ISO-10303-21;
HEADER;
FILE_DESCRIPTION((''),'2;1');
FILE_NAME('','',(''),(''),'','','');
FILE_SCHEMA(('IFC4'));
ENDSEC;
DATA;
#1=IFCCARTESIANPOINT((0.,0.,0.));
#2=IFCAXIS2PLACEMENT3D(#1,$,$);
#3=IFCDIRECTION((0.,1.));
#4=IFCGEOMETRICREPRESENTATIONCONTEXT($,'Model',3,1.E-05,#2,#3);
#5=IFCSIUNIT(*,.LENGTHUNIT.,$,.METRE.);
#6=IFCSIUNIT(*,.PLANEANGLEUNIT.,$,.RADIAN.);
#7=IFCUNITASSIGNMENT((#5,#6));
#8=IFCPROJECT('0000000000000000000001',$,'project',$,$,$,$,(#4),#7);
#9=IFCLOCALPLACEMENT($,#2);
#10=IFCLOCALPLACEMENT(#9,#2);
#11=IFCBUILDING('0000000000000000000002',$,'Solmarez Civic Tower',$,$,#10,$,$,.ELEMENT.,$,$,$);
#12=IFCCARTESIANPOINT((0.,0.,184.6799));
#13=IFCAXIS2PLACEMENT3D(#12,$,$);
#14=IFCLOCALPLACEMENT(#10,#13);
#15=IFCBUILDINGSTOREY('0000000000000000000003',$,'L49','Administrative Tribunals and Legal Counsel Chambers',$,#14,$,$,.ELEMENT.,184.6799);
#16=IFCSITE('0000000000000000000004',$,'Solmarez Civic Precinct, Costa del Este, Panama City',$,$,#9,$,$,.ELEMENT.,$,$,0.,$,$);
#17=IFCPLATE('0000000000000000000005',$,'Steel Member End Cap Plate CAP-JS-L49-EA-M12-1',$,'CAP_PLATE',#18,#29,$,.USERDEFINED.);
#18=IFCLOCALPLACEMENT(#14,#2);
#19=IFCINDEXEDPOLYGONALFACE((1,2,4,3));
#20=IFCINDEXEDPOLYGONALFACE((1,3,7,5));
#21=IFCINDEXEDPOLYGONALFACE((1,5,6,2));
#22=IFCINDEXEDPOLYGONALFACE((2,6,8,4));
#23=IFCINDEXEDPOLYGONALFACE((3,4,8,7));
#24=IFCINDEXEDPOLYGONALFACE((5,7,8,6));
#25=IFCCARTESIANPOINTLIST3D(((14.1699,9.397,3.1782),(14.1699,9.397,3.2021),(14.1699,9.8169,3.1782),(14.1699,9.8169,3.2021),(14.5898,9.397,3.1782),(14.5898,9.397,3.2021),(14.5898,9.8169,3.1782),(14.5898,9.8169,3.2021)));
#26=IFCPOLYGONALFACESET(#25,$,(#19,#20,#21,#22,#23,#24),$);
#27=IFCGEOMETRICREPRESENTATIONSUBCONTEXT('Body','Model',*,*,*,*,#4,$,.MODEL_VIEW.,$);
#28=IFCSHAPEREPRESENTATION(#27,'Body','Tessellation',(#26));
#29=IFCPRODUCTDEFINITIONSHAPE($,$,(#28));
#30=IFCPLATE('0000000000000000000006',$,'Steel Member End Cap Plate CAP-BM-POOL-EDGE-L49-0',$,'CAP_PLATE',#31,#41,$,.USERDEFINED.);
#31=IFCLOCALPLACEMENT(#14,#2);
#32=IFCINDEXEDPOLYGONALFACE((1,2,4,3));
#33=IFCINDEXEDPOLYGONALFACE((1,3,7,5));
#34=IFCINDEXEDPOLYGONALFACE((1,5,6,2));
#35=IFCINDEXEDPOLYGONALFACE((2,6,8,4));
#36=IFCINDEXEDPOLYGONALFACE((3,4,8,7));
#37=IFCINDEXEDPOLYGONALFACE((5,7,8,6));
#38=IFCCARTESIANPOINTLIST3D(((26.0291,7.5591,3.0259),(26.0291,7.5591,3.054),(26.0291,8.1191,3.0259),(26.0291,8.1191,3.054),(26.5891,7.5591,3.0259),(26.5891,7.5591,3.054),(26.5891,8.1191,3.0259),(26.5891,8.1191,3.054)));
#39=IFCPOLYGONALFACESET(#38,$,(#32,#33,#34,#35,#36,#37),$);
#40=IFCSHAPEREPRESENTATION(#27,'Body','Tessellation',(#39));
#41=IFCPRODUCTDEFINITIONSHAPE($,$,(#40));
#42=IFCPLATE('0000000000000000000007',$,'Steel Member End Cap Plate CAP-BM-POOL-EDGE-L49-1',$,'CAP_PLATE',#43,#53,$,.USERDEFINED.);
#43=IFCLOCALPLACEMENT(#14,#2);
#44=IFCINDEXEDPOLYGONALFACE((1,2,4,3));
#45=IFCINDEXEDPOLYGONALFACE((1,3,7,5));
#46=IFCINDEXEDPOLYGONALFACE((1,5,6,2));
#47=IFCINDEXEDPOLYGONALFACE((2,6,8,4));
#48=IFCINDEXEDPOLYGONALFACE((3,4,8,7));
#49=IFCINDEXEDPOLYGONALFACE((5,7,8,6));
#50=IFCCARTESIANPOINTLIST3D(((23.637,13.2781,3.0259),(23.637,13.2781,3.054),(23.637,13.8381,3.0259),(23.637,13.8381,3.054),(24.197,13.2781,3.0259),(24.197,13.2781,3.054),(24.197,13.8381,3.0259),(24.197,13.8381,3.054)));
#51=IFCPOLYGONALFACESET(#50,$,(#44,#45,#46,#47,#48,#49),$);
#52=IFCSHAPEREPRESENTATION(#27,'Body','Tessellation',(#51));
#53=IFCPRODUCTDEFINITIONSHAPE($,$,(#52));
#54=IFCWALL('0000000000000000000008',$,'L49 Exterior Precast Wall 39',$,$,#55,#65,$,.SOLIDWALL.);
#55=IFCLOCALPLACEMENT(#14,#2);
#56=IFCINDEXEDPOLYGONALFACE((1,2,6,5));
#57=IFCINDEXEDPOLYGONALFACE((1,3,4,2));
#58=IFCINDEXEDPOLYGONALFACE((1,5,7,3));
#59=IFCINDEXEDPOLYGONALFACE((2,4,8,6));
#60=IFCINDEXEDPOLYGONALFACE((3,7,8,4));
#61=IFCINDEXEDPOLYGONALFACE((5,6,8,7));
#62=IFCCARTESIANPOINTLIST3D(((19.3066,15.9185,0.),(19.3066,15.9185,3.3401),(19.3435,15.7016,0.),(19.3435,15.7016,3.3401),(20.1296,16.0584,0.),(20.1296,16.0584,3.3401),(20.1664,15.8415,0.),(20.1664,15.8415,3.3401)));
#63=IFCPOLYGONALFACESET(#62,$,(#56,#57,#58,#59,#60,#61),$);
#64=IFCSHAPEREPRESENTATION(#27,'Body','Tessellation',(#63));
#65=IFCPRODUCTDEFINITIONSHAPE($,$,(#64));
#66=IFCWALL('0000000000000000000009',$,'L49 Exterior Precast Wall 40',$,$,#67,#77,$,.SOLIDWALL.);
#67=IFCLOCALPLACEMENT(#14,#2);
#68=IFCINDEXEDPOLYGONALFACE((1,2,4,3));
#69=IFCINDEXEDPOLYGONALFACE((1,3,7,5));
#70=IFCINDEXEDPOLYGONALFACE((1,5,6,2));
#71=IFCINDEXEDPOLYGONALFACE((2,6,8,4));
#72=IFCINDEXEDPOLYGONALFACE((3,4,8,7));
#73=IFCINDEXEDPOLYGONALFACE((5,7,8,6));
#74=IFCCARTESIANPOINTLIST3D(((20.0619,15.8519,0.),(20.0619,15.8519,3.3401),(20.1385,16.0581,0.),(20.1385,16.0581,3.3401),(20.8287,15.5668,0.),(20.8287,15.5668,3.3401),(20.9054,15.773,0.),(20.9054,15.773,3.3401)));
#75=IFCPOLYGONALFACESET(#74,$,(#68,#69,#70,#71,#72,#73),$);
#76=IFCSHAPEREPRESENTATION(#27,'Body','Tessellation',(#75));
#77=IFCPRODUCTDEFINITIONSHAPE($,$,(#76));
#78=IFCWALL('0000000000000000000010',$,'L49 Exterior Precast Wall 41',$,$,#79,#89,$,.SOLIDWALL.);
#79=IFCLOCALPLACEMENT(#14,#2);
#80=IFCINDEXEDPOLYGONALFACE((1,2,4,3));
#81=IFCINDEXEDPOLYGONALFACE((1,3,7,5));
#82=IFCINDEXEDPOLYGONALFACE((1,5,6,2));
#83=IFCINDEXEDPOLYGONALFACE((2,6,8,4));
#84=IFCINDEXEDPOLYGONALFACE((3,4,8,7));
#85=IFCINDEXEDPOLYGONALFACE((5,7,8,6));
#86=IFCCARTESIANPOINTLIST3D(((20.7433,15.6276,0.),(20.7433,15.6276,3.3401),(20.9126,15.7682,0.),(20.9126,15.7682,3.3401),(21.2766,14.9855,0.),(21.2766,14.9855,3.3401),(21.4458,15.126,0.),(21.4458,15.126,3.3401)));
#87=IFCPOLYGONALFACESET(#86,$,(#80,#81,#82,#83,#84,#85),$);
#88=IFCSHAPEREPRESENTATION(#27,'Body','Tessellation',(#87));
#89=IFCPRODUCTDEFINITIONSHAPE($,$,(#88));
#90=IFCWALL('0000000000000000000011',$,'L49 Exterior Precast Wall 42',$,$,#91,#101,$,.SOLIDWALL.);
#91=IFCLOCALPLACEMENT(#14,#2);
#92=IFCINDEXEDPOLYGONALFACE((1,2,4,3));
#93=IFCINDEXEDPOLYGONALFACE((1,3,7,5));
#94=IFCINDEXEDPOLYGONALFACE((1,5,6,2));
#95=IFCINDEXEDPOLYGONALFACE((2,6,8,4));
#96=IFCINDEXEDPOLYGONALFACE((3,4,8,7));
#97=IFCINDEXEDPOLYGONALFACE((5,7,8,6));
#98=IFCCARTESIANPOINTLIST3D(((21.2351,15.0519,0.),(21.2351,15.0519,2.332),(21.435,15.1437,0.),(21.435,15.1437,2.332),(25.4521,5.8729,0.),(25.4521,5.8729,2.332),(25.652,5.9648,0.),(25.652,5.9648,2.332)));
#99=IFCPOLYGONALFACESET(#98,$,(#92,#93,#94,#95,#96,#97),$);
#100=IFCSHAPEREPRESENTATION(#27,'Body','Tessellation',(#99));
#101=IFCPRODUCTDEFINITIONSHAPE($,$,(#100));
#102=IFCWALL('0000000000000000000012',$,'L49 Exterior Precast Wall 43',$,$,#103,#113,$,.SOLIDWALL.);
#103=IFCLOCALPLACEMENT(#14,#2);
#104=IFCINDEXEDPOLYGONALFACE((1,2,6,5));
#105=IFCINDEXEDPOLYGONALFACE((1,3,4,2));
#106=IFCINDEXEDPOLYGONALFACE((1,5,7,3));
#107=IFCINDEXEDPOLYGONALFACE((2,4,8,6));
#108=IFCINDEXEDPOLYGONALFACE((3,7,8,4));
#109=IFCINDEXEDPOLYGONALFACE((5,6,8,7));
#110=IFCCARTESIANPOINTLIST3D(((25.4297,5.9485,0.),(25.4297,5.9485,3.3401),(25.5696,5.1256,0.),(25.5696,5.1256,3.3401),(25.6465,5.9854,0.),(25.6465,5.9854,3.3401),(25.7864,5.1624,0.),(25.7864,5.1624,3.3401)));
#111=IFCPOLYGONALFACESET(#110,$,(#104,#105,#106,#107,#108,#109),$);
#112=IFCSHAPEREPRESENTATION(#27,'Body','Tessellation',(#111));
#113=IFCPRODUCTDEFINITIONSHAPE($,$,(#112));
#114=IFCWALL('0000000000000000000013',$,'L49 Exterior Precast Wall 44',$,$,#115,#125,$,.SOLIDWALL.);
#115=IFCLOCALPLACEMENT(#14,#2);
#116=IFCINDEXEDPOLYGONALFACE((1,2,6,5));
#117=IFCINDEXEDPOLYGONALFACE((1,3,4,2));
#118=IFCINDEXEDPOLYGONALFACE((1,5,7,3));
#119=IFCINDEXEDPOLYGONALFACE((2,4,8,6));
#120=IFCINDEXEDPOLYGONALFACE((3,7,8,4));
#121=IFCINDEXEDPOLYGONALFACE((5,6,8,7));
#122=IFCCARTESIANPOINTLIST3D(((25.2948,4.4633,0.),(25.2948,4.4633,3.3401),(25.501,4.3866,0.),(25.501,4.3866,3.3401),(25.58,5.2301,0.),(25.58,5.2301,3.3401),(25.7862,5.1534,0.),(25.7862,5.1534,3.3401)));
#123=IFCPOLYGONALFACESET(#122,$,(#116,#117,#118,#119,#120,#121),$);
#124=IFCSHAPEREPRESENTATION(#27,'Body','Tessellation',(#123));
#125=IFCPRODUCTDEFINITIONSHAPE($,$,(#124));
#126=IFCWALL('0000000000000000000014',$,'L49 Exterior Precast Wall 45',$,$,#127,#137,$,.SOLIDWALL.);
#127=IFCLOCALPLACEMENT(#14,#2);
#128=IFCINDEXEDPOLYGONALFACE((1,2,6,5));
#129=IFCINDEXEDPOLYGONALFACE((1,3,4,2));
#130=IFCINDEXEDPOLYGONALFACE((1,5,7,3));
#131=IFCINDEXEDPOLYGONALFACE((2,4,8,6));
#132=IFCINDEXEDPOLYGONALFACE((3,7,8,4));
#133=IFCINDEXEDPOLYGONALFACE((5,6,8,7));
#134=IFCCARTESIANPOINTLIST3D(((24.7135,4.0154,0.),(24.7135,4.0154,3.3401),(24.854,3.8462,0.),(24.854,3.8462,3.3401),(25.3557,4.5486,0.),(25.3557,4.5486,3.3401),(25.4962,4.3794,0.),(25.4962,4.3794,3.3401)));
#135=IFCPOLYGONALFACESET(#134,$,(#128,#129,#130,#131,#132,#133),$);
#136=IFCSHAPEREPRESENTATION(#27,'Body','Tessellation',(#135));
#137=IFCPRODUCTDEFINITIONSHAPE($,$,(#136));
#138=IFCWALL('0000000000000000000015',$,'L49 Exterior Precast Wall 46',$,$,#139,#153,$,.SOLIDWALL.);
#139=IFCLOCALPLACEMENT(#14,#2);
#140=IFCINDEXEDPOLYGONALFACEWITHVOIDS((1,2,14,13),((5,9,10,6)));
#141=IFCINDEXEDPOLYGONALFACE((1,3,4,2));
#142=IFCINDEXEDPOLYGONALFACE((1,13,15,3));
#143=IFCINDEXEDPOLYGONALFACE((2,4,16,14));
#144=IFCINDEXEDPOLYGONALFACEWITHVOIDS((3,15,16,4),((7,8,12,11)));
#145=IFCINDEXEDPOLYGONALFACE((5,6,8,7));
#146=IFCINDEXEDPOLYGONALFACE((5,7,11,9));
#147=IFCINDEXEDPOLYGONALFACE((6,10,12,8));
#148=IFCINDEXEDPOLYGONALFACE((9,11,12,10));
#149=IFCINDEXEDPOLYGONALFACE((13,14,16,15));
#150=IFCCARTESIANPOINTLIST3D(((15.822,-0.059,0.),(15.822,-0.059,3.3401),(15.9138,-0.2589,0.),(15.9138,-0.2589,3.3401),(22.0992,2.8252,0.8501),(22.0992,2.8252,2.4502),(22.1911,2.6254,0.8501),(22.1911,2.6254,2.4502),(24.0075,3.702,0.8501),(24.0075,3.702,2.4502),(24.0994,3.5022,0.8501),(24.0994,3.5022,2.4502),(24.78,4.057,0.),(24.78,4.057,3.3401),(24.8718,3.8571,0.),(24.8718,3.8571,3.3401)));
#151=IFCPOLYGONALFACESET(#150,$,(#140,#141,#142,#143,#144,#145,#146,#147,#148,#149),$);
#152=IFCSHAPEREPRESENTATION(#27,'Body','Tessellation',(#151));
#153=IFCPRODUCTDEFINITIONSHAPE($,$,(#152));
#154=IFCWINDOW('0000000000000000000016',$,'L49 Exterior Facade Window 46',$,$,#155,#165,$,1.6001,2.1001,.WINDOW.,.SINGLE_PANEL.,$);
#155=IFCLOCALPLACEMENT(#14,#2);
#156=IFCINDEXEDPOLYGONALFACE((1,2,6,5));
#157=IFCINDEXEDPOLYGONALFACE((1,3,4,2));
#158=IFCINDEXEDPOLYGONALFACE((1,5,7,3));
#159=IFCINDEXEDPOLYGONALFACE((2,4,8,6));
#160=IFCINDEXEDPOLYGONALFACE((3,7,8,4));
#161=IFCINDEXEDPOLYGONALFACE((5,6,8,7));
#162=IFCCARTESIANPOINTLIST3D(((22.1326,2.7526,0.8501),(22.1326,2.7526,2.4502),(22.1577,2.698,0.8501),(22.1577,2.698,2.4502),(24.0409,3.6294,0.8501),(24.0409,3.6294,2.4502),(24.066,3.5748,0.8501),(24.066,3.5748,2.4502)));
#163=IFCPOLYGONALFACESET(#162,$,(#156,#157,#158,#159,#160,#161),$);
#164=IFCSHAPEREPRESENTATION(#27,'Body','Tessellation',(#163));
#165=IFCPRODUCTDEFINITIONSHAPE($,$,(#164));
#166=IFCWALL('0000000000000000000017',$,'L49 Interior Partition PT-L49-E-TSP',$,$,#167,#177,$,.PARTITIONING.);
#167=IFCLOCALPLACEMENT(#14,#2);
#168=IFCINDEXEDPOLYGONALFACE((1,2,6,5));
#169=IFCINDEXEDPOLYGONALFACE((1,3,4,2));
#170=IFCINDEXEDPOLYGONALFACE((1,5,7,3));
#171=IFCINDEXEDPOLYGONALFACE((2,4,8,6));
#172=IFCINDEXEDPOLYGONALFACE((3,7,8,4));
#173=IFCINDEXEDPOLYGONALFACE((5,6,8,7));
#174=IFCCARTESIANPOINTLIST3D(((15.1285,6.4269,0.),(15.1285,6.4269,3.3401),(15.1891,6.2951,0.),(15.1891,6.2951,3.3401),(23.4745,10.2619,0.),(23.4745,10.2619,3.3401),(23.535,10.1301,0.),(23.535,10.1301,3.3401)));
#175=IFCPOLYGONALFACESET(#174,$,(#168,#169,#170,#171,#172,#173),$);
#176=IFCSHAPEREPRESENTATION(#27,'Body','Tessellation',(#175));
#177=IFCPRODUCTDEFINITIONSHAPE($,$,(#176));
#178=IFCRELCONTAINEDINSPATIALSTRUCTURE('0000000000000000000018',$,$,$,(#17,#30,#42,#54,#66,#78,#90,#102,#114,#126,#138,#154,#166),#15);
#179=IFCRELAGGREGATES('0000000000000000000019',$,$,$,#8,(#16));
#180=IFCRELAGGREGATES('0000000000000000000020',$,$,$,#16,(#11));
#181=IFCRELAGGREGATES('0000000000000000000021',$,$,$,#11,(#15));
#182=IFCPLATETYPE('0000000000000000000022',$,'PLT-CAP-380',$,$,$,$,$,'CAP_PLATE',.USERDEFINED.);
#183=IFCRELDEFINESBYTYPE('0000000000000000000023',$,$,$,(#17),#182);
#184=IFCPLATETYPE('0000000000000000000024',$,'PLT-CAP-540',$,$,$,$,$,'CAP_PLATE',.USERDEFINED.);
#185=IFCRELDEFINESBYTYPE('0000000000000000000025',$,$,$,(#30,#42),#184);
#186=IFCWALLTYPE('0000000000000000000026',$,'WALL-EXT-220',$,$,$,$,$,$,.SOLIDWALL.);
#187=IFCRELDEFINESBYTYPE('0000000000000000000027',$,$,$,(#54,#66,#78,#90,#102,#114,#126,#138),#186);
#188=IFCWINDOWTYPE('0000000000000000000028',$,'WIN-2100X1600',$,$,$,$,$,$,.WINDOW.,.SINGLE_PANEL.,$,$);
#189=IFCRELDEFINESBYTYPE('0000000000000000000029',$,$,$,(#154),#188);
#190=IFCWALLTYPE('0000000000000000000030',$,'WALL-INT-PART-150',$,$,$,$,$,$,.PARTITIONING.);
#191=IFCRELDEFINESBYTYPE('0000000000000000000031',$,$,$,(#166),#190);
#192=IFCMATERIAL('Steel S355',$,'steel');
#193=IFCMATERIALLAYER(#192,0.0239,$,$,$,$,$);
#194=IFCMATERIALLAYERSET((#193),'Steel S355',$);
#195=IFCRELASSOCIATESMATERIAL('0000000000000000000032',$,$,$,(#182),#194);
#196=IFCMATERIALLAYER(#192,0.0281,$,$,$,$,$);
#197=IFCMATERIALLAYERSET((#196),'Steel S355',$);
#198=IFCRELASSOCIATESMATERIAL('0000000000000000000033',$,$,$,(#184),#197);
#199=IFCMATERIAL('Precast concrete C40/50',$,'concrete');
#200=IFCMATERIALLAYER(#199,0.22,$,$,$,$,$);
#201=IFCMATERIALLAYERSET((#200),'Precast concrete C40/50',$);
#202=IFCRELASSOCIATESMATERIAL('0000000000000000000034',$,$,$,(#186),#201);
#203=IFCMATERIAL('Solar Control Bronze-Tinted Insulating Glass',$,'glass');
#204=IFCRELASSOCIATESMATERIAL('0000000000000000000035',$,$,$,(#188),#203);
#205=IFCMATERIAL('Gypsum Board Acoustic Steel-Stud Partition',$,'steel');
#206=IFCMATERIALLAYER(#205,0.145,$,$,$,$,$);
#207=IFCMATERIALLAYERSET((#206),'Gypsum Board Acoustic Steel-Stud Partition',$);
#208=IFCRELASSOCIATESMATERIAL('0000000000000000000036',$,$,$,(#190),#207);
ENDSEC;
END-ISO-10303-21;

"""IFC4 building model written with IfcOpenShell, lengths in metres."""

from ifc_helpers import new_model, si_unit, direction, frame, frame_2d, origin, origin_2d, place, context, subcontext, project, spatial, rectangle, extrude, material, layer, layer_set, type_object, element, fill, save


model = new_model("IFC4")

# Units and contexts
model_context = context("Model", 3, precision=1e-05, world=origin(), true_north=direction((0.0, 1.0)))
body_context = subcontext(model_context, "Body", "Model", "MODEL_VIEW")
ifc_project = project(units=[si_unit("LENGTHUNIT", "METRE"), si_unit("PLANEANGLEUNIT", "RADIAN")], contexts=[model_context])

# Site, building, storey
site_placement = place(None, origin())
site = spatial("IfcSite", under=ifc_project, at=site_placement, Name="Solmarez Civic Precinct, Costa del Este, Panama City", CompositionType="ELEMENT", RefElevation=0.0)
building_placement = place(site_placement, origin())
building = spatial("IfcBuilding", under=site, at=building_placement, Name="Solmarez Civic Tower", CompositionType="ELEMENT")
storey_placement = place(building_placement, frame((0.0, 0.0, 184.6799)))
storey = spatial("IfcBuildingStorey", under=building, at=storey_placement, Name="L49", Description="Administrative Tribunals and Legal Counsel Chambers", CompositionType="ELEMENT", Elevation=184.6799)

# Shared definitions
ifc_material_1 = material(Name="Steel S355", Category="steel")

# Plates
ifc_layer_1 = layer(ifc_material_1, 0.0239)
ifc_layer_set_1 = layer_set([ifc_layer_1], Name="Steel S355")
plate_type_1 = type_object("IfcPlateType", Name="PLT-CAP-380", ElementType="CAP_PLATE", PredefinedType="USERDEFINED", material=ifc_layer_set_1)
for number, where, z_axis, x_axis, name in (
    (1, (14.3799, 9.6069, 3.1782), (0.0, 0.0, 1.0), (1.0, 0.0, 0.0), "Steel Member End Cap Plate CAP-JS-L49-EA-M12-1"),
):
    element("IfcPlate", number, at=place(storey_placement, frame(where, z_axis=z_axis, x_axis=x_axis)), inside=storey, type_object=plate_type_1, Name=name, ObjectType="CAP_PLATE", PredefinedType="USERDEFINED", context=body_context, shape_type="SweptSolid", body=[
        extrude(rectangle(XDim=0.4199, YDim=0.4199, at=origin_2d()), origin(), (0.0, 0.0, 1.0), 0.0239),
    ])
ifc_layer_2 = layer(ifc_material_1, 0.0281)
ifc_layer_set_2 = layer_set([ifc_layer_2], Name="Steel S355")
plate_type_2 = type_object("IfcPlateType", Name="PLT-CAP-540", ElementType="CAP_PLATE", PredefinedType="USERDEFINED", material=ifc_layer_set_2)
for number, where, z_axis, x_axis, name in (
    (2, (26.3091, 7.8391, 3.0259), (0.0, 0.0, 1.0), (1.0, 0.0, 0.0), "Steel Member End Cap Plate CAP-BM-POOL-EDGE-L49-0"),
    (3, (23.917, 13.5581, 3.0259), (0.0, 0.0, 1.0), (1.0, 0.0, 0.0), "Steel Member End Cap Plate CAP-BM-POOL-EDGE-L49-1"),
):
    element("IfcPlate", number, at=place(storey_placement, frame(where, z_axis=z_axis, x_axis=x_axis)), inside=storey, type_object=plate_type_2, Name=name, ObjectType="CAP_PLATE", PredefinedType="USERDEFINED", context=body_context, shape_type="SweptSolid", body=[
        extrude(rectangle(XDim=0.5601, YDim=0.5601, at=origin_2d()), origin(), (0.0, 0.0, 1.0), 0.0281),
    ])

# Walls
ifc_material_2 = material(Name="Precast concrete C40/50", Category="concrete")
ifc_layer_3 = layer(ifc_material_2, 0.22)
ifc_layer_set_3 = layer_set([ifc_layer_3], Name="Precast concrete C40/50")
wall_type_1 = type_object("IfcWallType", Name="WALL-EXT-220", PredefinedType="SOLIDWALL", material=ifc_layer_set_3)
wall_1_placement = place(storey_placement, frame((19.325, 15.8101, 0.0), z_axis=(0.0, 0.0, 1.0), x_axis=(0.985859, 0.167576, 0.0)))
element("IfcWall", 4, at=wall_1_placement, inside=storey, type_object=wall_type_1, Name="L49 Exterior Precast Wall 39", PredefinedType="SOLIDWALL", context=body_context, shape_type="SweptSolid", body=[
    extrude(rectangle(XDim=0.8347, YDim=0.22, at=frame_2d((0.4175, 0.0))), origin(), (0.0, 0.0, 1.0), 3.3401),
])
wall_2_placement = place(storey_placement, frame((20.1001, 15.9551, 0.0), z_axis=(0.0, 0.0, 1.0), x_axis=(0.937294, -0.348539, 0.0)))
element("IfcWall", 5, at=wall_2_placement, inside=storey, type_object=wall_type_1, Name="L49 Exterior Precast Wall 40", PredefinedType="SOLIDWALL", context=body_context, shape_type="SweptSolid", body=[
    extrude(rectangle(XDim=0.8181, YDim=0.22, at=frame_2d((0.4092, 0.0))), origin(), (0.0, 0.0, 1.0), 3.3401),
])
wall_3_placement = place(storey_placement, frame((20.8279, 15.698, 0.0), z_axis=(0.0, 0.0, 1.0), x_axis=(0.63886, -0.769323, 0.0)))
element("IfcWall", 6, at=wall_3_placement, inside=storey, type_object=wall_type_1, Name="L49 Exterior Precast Wall 41", PredefinedType="SOLIDWALL", context=body_context, shape_type="SweptSolid", body=[
    extrude(rectangle(XDim=0.8347, YDim=0.22, at=frame_2d((0.4175, 0.0))), origin(), (0.0, 0.0, 1.0), 3.3401),
])
wall_4_placement = place(storey_placement, frame((21.335, 15.0979, 0.0), z_axis=(0.0, 0.0, 1.0), x_axis=(0.417474, -0.908689, 0.0)))
element("IfcWall", 7, at=wall_4_placement, inside=storey, type_object=wall_type_1, Name="L49 Exterior Precast Wall 42", PredefinedType="SOLIDWALL", context=body_context, shape_type="SweptSolid", body=[
    extrude(rectangle(XDim=10.1013, YDim=0.22, at=frame_2d((5.0508, 0.0))), origin(), (0.0, 0.0, 1.0), 2.332),
])
wall_5_placement = place(storey_placement, frame((25.5381, 5.967, 0.0), z_axis=(0.0, 0.0, 1.0), x_axis=(0.167576, -0.985859, 0.0)))
element("IfcWall", 8, at=wall_5_placement, inside=storey, type_object=wall_type_1, Name="L49 Exterior Precast Wall 43", PredefinedType="SOLIDWALL", context=body_context, shape_type="SweptSolid", body=[
    extrude(rectangle(XDim=0.8347, YDim=0.22, at=frame_2d((0.4175, 0.0))), origin(), (0.0, 0.0, 1.0), 3.3401),
])
wall_6_placement = place(storey_placement, frame((25.6831, 5.1919, 0.0), z_axis=(0.0, 0.0, 1.0), x_axis=(-0.348539, -0.937294, 0.0)))
element("IfcWall", 9, at=wall_6_placement, inside=storey, type_object=wall_type_1, Name="L49 Exterior Precast Wall 44", PredefinedType="SOLIDWALL", context=body_context, shape_type="SweptSolid", body=[
    extrude(rectangle(XDim=0.8181, YDim=0.22, at=frame_2d((0.4092, 0.0))), origin(), (0.0, 0.0, 1.0), 3.3401),
])
wall_7_placement = place(storey_placement, frame((25.426, 4.4641, 0.0), z_axis=(0.0, 0.0, 1.0), x_axis=(-0.769323, -0.63886, 0.0)))
element("IfcWall", 10, at=wall_7_placement, inside=storey, type_object=wall_type_1, Name="L49 Exterior Precast Wall 45", PredefinedType="SOLIDWALL", context=body_context, shape_type="SweptSolid", body=[
    extrude(rectangle(XDim=0.8347, YDim=0.22, at=frame_2d((0.4175, 0.0))), origin(), (0.0, 0.0, 1.0), 3.3401),
])

# Wall, opening, window
wall_8_placement = place(storey_placement, frame((24.8259, 3.957, 0.0), z_axis=(0.0, 0.0, 1.0), x_axis=(-0.908672, -0.417511, 0.0)))
wall_8 = element("IfcWall", 11, at=wall_8_placement, inside=storey, type_object=wall_type_1, Name="L49 Exterior Precast Wall 46", PredefinedType="SOLIDWALL", context=body_context, shape_type="SweptSolid", body=[
    extrude(rectangle(XDim=9.8584, YDim=0.22, at=frame_2d((4.9292, 0.0))), origin(), (0.0, 0.0, 1.0), 3.3401),
])
opening_placement = place(wall_8_placement, frame((0.8501, 0.0, 0.8501)))
opening = element("IfcOpeningElement", 12, at=opening_placement, cuts=wall_8, PredefinedType="OPENING", context=body_context, shape_type="SweptSolid", body=[
    extrude(rectangle(XDim=2.1001, YDim=1.6001, at=frame_2d((1.05, 0.8))), frame((0.0, 0.1199, 0.0), z_axis=(0.0, -1.0, 0.0), x_axis=(1.0, 0.0, 0.0)), (0.0, 0.0, 1.0), 0.24),
])
ifc_material_3 = material(Name="Solar Control Bronze-Tinted Insulating Glass", Category="glass")
window_type = type_object("IfcWindowType", Name="WIN-2100X1600", PartitioningType="SINGLE_PANEL", PredefinedType="WINDOW", material=ifc_material_3)
window_placement = place(opening_placement, origin())
window = element("IfcWindow", 13, at=window_placement, inside=storey, type_object=window_type, Name="L49 Exterior Facade Window 46", OverallHeight=1.6001, OverallWidth=2.1001, PartitioningType="SINGLE_PANEL", PredefinedType="WINDOW", context=body_context, shape_type="SweptSolid", body=[
    extrude(rectangle(XDim=2.1001, YDim=1.6001, at=frame_2d((1.05, 0.8))), frame((0.0, 0.03, 0.0), z_axis=(0.0, -1.0, 0.0), x_axis=(1.0, 0.0, 0.0)), (0.0, 0.0, 1.0), 0.0601),
])
fill(opening, window)

# Wall
ifc_material_4 = material(Name="Gypsum Board Acoustic Steel-Stud Partition", Category="steel")
ifc_layer_4 = layer(ifc_material_4, 0.145)
ifc_layer_set_4 = layer_set([ifc_layer_4], Name="Gypsum Board Acoustic Steel-Stud Partition")
wall_type_2 = type_object("IfcWallType", Name="WALL-INT-PART-150", PredefinedType="PARTITIONING", material=ifc_layer_set_4)
wall_9_placement = place(storey_placement, frame((15.1589, 6.3611, 0.0), z_axis=(0.0, 0.0, 1.0), x_axis=(0.908663, 0.41753, 0.0)))
element("IfcWall", 14, at=wall_9_placement, inside=storey, type_object=wall_type_2, Name="L49 Interior Partition PT-L49-E-TSP", PredefinedType="PARTITIONING", context=body_context, shape_type="SweptSolid", body=[
    extrude(rectangle(XDim=9.1848, YDim=0.145, at=frame_2d((4.5923, 0.0))), origin(), (0.0, 0.0, 1.0), 3.3401),
])

save(model, "model.ifc")
